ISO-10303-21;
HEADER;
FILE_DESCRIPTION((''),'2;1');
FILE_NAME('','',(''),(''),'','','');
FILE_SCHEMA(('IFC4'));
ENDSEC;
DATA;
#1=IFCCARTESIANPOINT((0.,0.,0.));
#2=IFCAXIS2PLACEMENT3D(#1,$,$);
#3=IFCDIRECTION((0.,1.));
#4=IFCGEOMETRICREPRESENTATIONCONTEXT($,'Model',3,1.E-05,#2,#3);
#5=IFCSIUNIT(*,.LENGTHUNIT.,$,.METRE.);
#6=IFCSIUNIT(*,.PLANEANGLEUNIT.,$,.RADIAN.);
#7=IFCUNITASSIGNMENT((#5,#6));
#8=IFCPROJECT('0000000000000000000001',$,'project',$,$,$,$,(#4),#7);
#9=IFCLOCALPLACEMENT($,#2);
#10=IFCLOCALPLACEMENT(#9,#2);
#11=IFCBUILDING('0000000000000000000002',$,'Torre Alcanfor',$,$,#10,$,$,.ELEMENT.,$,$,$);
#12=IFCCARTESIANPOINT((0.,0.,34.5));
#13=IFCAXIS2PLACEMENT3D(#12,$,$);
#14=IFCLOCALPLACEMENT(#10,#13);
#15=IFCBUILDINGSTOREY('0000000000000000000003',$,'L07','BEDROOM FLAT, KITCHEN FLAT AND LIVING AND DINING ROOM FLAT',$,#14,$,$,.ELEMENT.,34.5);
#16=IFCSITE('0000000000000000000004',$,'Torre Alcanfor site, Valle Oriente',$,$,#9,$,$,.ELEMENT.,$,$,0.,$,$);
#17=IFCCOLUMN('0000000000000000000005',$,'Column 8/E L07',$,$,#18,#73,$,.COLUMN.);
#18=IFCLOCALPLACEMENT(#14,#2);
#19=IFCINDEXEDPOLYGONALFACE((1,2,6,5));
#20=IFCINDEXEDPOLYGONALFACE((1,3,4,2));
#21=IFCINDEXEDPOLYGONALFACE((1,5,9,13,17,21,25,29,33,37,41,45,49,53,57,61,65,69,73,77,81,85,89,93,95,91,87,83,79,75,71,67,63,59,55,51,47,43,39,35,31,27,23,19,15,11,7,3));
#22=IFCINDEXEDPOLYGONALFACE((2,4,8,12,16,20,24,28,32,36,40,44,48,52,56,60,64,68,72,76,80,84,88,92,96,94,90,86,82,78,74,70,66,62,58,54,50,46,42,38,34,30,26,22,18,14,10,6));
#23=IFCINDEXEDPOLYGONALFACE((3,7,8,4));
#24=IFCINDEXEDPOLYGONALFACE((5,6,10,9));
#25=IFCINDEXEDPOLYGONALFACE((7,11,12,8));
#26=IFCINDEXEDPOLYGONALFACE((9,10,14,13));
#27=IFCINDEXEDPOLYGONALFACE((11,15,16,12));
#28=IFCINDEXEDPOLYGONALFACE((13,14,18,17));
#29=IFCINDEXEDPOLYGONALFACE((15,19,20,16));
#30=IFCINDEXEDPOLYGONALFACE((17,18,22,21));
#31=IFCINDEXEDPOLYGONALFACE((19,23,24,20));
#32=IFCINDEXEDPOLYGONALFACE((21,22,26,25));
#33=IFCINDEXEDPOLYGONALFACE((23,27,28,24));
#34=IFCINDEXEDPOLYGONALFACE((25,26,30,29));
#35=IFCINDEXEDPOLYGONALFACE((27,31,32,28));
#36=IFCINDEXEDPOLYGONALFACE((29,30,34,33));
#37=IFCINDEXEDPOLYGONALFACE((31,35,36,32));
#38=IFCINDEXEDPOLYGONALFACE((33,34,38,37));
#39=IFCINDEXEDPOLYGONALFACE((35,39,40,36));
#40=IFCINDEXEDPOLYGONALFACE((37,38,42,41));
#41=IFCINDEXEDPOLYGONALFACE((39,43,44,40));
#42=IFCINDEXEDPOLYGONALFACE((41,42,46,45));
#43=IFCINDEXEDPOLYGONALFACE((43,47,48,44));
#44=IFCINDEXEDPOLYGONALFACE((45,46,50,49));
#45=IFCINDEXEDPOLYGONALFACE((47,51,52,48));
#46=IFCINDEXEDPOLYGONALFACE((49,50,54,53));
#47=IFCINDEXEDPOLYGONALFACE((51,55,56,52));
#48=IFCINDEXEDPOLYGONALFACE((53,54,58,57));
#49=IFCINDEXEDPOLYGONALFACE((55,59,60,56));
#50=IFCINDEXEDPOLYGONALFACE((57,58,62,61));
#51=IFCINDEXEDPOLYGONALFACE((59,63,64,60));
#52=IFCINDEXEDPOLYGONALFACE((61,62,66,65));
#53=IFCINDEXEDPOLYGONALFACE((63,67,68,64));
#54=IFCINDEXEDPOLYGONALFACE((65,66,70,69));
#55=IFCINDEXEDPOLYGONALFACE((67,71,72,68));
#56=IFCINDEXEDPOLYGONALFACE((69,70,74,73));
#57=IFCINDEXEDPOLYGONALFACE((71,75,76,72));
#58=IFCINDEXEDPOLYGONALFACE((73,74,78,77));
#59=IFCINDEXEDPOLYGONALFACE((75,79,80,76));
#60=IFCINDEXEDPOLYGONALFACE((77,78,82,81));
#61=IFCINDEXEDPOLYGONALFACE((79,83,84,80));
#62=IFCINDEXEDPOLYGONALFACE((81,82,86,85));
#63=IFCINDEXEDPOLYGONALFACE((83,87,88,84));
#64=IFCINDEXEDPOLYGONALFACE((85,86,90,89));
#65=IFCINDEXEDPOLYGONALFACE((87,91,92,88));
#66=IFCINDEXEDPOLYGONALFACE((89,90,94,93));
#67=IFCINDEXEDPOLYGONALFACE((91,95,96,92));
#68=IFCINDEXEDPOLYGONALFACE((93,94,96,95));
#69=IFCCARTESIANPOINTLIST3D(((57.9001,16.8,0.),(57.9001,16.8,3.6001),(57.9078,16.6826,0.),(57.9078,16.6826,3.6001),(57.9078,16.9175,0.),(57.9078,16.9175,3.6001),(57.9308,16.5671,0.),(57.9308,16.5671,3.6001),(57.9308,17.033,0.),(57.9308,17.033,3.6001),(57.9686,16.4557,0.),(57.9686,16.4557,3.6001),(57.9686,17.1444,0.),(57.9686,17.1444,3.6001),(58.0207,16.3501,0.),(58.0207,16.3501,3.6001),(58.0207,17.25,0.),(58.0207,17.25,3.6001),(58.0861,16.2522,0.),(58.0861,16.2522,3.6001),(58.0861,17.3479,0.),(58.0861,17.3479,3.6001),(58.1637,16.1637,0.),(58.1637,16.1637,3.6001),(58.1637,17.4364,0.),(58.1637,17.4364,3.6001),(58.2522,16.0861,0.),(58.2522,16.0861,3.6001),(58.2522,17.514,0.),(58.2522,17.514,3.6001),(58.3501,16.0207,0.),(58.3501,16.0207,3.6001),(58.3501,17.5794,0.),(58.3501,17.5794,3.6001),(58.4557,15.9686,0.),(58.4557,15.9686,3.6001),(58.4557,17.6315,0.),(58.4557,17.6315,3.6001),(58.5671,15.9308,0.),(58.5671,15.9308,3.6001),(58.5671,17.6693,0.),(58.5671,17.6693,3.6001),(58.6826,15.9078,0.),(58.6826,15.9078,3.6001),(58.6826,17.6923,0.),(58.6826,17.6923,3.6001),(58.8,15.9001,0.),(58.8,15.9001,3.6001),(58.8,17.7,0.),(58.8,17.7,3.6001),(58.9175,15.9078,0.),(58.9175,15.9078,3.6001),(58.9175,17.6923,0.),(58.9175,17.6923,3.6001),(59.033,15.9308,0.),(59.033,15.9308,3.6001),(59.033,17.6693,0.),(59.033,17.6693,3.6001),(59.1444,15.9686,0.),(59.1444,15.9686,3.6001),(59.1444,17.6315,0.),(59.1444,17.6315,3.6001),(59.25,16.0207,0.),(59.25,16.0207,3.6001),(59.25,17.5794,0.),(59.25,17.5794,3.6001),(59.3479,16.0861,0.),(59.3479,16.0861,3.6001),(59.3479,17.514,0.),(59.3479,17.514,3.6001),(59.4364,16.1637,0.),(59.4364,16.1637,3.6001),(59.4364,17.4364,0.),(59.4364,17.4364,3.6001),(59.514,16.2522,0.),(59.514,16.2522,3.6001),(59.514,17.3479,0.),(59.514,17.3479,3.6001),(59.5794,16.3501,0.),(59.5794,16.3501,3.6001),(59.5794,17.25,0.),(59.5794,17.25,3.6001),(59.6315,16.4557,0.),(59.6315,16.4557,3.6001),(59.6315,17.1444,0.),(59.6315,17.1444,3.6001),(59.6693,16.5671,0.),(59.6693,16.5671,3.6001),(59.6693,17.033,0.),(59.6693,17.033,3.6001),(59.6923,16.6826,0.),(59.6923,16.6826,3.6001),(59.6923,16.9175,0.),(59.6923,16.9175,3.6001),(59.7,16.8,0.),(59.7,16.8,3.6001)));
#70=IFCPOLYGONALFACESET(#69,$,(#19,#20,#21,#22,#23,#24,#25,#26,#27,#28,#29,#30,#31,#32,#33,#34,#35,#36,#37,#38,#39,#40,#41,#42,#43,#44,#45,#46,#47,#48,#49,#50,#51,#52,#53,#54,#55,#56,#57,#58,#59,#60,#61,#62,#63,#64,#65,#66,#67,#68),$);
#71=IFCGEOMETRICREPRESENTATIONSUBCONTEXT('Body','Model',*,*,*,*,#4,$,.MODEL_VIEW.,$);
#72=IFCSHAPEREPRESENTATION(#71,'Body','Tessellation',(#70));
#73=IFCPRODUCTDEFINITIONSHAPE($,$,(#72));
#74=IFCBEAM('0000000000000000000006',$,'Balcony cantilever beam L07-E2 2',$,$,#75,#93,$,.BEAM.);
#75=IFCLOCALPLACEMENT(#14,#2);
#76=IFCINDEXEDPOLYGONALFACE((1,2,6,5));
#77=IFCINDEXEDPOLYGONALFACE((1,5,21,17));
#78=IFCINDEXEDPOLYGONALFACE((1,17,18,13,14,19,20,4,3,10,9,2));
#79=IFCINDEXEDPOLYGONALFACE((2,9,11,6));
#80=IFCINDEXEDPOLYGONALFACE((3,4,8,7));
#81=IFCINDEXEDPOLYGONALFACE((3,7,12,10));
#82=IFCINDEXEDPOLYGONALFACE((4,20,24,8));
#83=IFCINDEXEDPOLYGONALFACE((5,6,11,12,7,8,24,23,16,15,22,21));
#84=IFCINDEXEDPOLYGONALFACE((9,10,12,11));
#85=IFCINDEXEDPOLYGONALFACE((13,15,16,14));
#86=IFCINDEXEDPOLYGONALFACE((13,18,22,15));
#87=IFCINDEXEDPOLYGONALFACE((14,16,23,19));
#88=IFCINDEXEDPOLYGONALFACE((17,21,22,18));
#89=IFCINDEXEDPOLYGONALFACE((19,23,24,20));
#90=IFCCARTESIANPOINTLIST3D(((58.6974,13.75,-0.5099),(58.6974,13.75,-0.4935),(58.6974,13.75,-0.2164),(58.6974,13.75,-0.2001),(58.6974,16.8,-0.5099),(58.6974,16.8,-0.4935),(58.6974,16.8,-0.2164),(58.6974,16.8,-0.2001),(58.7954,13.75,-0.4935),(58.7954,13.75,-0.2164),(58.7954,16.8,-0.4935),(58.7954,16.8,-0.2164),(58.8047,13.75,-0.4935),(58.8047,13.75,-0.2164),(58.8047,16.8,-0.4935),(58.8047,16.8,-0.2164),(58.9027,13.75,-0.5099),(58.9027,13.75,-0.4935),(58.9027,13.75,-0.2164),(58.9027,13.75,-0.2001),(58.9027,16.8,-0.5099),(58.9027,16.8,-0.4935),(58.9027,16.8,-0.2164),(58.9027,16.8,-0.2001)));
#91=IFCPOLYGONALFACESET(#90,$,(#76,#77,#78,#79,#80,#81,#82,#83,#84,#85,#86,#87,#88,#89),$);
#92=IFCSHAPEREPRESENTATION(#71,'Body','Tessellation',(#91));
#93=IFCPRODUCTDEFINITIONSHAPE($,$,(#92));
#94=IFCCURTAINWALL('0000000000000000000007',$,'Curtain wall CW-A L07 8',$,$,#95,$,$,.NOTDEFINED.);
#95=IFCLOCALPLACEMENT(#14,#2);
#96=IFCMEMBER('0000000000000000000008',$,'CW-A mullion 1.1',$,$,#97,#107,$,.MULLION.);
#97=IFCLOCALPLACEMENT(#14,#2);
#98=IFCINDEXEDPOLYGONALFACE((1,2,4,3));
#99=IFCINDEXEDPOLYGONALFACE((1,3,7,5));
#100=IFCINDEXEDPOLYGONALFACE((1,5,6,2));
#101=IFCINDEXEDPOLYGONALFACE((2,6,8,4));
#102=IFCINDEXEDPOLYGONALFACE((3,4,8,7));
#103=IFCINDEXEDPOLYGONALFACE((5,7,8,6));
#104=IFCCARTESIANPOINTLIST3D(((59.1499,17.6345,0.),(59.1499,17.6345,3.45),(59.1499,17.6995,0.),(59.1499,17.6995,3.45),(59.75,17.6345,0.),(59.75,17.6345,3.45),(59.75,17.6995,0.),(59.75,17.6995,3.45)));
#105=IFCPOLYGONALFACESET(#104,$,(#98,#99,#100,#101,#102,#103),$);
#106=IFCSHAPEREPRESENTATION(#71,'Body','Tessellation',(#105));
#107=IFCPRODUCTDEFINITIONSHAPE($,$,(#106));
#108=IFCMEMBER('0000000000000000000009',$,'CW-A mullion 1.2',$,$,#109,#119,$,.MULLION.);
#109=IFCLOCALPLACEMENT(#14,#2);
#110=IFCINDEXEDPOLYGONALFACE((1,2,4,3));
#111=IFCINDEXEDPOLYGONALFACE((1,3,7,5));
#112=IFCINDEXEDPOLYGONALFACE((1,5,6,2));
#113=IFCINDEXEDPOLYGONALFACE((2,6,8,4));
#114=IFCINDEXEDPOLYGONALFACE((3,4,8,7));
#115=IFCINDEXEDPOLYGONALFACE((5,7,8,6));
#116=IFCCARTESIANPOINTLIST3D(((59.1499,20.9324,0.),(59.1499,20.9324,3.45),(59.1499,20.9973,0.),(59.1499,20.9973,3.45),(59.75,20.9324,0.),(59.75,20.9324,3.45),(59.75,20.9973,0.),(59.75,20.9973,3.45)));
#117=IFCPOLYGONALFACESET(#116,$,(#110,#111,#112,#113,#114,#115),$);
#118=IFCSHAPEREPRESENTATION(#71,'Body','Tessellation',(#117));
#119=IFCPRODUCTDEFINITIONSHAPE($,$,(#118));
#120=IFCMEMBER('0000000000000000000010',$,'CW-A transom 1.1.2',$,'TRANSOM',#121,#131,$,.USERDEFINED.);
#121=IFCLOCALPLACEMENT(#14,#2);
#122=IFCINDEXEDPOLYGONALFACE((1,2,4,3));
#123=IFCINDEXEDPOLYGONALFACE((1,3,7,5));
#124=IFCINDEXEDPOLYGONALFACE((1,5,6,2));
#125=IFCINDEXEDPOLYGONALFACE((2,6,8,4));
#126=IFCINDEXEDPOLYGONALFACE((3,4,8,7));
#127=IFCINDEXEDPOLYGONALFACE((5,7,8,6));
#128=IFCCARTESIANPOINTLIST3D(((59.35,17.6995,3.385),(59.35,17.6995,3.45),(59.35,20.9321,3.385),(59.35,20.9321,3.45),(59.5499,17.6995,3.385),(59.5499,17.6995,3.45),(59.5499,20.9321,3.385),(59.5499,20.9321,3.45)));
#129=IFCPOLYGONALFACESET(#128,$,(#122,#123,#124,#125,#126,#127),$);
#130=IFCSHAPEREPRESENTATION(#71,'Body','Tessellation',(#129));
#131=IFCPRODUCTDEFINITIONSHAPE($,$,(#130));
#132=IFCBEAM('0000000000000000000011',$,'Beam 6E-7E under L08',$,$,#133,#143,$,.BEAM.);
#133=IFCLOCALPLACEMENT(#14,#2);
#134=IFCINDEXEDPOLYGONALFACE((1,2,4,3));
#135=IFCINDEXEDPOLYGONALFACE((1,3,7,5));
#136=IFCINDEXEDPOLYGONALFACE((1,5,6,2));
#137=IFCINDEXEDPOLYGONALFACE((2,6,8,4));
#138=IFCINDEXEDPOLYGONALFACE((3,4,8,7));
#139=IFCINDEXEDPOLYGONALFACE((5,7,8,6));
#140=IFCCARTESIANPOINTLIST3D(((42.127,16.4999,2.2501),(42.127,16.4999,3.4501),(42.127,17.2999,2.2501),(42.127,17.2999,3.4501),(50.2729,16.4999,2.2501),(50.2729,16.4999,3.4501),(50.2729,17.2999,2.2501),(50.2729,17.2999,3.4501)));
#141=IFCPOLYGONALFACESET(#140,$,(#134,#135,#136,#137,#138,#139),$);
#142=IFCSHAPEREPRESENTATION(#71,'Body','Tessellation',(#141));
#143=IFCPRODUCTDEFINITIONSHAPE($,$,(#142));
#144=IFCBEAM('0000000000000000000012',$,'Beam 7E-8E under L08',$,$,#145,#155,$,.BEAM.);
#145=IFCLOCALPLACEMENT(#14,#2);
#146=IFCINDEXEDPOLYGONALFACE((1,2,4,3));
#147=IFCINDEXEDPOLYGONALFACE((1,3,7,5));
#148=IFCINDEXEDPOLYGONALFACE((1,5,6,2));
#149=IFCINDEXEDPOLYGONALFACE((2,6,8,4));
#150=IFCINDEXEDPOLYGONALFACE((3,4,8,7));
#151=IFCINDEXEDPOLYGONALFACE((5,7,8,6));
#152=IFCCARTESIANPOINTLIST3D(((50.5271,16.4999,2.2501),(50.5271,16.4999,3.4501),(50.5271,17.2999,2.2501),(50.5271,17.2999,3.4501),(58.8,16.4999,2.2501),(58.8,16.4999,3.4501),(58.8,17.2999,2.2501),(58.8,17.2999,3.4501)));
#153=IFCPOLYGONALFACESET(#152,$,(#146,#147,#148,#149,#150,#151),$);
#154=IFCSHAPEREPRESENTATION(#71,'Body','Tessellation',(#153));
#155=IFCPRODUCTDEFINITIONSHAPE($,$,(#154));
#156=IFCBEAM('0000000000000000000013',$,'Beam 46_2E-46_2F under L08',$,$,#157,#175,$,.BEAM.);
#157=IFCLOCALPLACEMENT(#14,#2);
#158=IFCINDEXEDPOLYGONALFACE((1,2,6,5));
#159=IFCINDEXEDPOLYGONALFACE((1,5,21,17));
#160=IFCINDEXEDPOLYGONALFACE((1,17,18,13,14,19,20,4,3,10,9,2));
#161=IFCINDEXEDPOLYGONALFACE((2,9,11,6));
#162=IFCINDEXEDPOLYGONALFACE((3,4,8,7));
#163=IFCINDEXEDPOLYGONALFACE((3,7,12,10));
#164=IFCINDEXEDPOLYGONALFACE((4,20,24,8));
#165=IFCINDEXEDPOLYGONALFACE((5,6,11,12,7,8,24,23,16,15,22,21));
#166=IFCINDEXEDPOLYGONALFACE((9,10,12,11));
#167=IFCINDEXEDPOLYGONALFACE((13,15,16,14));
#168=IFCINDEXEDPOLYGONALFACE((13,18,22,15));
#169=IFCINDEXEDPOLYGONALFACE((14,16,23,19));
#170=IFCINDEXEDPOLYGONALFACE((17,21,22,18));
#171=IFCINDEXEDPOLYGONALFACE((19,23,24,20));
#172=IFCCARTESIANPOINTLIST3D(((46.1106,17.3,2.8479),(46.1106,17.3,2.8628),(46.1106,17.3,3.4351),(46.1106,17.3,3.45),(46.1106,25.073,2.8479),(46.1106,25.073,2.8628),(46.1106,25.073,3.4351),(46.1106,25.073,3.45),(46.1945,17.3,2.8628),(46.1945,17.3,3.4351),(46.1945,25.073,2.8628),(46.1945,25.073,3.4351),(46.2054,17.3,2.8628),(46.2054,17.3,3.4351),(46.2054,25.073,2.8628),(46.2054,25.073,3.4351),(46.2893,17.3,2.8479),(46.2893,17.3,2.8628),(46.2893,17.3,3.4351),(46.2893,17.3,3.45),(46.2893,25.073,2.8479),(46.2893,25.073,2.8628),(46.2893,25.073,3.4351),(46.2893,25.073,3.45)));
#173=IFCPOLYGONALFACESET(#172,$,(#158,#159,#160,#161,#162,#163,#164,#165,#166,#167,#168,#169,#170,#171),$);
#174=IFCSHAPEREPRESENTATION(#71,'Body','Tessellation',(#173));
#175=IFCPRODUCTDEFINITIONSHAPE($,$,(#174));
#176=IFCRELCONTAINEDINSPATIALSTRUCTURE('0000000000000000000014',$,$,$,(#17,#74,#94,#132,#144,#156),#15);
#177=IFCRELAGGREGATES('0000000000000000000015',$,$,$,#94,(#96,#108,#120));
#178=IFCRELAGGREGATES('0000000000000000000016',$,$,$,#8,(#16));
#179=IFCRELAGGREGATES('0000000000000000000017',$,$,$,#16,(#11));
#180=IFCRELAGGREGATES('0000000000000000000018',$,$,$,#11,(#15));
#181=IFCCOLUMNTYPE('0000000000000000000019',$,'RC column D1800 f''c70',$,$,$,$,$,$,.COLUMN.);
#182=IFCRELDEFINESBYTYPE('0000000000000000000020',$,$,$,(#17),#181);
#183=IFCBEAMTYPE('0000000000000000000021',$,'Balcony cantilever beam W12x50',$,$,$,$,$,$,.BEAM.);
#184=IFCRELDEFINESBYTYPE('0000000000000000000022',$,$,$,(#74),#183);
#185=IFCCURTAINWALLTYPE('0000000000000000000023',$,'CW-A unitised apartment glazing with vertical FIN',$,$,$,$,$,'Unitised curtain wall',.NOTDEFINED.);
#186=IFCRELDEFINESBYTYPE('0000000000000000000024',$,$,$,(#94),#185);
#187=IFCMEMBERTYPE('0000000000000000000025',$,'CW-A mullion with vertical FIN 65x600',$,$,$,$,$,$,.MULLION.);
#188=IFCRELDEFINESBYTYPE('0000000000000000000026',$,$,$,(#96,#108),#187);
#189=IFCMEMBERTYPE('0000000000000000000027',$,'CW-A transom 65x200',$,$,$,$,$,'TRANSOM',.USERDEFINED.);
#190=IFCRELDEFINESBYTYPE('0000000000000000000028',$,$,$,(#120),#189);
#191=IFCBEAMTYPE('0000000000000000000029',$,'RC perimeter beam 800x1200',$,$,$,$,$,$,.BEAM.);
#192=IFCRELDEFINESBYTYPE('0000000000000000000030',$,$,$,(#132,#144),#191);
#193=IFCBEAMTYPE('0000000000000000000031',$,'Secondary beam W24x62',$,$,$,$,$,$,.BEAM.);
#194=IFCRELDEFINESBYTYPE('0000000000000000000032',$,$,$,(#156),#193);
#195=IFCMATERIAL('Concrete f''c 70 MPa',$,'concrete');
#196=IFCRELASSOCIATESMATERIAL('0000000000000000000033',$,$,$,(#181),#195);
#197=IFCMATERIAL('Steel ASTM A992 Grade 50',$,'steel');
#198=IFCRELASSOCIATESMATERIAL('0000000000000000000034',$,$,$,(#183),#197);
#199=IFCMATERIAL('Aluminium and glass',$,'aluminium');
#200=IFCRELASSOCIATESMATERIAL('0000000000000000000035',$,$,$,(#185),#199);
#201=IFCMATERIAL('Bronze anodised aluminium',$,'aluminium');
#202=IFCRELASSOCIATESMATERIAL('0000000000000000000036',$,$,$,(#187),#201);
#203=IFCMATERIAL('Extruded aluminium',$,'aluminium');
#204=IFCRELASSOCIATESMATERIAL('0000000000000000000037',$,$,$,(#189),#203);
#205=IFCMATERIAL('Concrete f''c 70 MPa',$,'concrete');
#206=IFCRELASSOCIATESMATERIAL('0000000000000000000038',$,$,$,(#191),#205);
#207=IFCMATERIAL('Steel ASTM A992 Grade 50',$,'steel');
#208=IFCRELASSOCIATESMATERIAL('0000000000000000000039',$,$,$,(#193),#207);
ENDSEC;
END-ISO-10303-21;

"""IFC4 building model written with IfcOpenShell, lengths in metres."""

from ifc_helpers import new_model, si_unit, direction, frame, origin, origin_2d, place, context, subcontext, project, spatial, rectangle, circle, i_section, extrude, material, material_profile, profile_set, type_object, element, aggregate, save


model = new_model("IFC4")

# Units and contexts
model_context = context("Model", 3, precision=1e-05, world=origin(), true_north=direction((0.0, 1.0)))
body_context = subcontext(model_context, "Body", "Model", "MODEL_VIEW")
ifc_project = project(units=[si_unit("LENGTHUNIT", "METRE"), si_unit("PLANEANGLEUNIT", "RADIAN")], contexts=[model_context])

# Site, building, storey
site_placement = place(None, origin())
site = spatial("IfcSite", under=ifc_project, at=site_placement, Name="Torre Alcanfor site, Valle Oriente", CompositionType="ELEMENT", RefElevation=0.0)
building_placement = place(site_placement, origin())
building = spatial("IfcBuilding", under=site, at=building_placement, Name="Torre Alcanfor", CompositionType="ELEMENT")
storey_placement = place(building_placement, frame((0.0, 0.0, 34.5)))
storey = spatial("IfcBuildingStorey", under=building, at=storey_placement, Name="L07", Description="BEDROOM FLAT, KITCHEN FLAT AND LIVING AND DINING ROOM FLAT", CompositionType="ELEMENT", Elevation=34.5)

# Column
ifc_material_1 = material(Name="Concrete f'c 70 MPa", Category="concrete")
ifc_material_profile_1 = material_profile(ifc_material_1, circle(Radius=0.8999, at=origin_2d()), Name="D1800")
ifc_profile_set_1 = profile_set([ifc_material_profile_1], Name="Concrete f'c 70 MPa")
column_type = type_object("IfcColumnType", Name="RC column D1800 f'c70", PredefinedType="COLUMN", material=ifc_profile_set_1)
column_placement = place(storey_placement, frame((58.8, 16.8, 0.0), z_axis=(0.0, 0.0, 1.0), x_axis=(1.0, 0.0, 0.0)))
element("IfcColumn", 1, at=column_placement, inside=storey, type_object=column_type, Name="Column 8/E L07", PredefinedType="COLUMN", context=body_context, shape_type="SweptSolid", body=[
    extrude(circle(Radius=0.8999, at=origin_2d()), origin(), (0.0, 0.0, 1.0), 3.6001),
])

# Beam
ifc_material_2 = material(Name="Steel ASTM A992 Grade 50", Category="steel")
ifc_material_profile_2 = material_profile(ifc_material_2, i_section(OverallWidth=0.2053, OverallDepth=0.3098, WebThickness=0.0093, FlangeThickness=0.0164, at=origin_2d()), Name="W12x50")
ifc_profile_set_2 = profile_set([ifc_material_profile_2], Name="Steel ASTM A992 Grade 50")
beam_type_1 = type_object("IfcBeamType", Name="Balcony cantilever beam W12x50", PredefinedType="BEAM", material=ifc_profile_set_2)
beam_1_placement = place(storey_placement, frame((58.8, 16.8, -0.355), z_axis=(0.0, -1.0, 0.0), x_axis=(1.0, 0.0, 0.0)))
element("IfcBeam", 2, at=beam_1_placement, inside=storey, type_object=beam_type_1, Name="Balcony cantilever beam L07-E2 2", PredefinedType="BEAM", context=body_context, shape_type="SweptSolid", body=[
    extrude(i_section(OverallWidth=0.2053, OverallDepth=0.3098, WebThickness=0.0093, FlangeThickness=0.0164, at=origin_2d()), origin(), (0.0, 0.0, 1.0), 3.05),
])

# Curtain wall, members
ifc_material_3 = material(Name="Aluminium and glass", Category="aluminium")
curtain_wall_type = type_object("IfcCurtainWallType", Name="CW-A unitised apartment glazing with vertical FIN", ElementType="Unitised curtain wall", PredefinedType="NOTDEFINED", material=ifc_material_3)
curtain_wall_placement = place(storey_placement, origin())
curtain_wall = element("IfcCurtainWall", 3, at=curtain_wall_placement, inside=storey, type_object=curtain_wall_type, Name="Curtain wall CW-A L07 8", PredefinedType="NOTDEFINED")
ifc_material_4 = material(Name="Bronze anodised aluminium", Category="aluminium")
ifc_material_profile_3 = material_profile(ifc_material_4, rectangle(XDim=0.6001, YDim=0.0649, at=origin_2d()), Name="CW-A mullion 65x600")
ifc_profile_set_3 = profile_set([ifc_material_profile_3], Name="Bronze anodised aluminium")
member_type_1 = type_object("IfcMemberType", Name="CW-A mullion with vertical FIN 65x600", PredefinedType="MULLION", material=ifc_profile_set_3)
member_1_placement = place(storey_placement, frame((59.45, 17.667, 0.0), z_axis=(0.0, 0.0, 1.0), x_axis=(-1.0, 0.0, 0.0)))
member_1 = element("IfcMember", 4, at=member_1_placement, type_object=member_type_1, Name="CW-A mullion 1.1", PredefinedType="MULLION", context=body_context, shape_type="SweptSolid", body=[
    extrude(rectangle(XDim=0.6001, YDim=0.0649, at=origin_2d()), origin(), (0.0, 0.0, 1.0), 3.45),
])
member_2_placement = place(storey_placement, frame((59.45, 20.9648, 0.0), z_axis=(0.0, 0.0, 1.0), x_axis=(-1.0, 0.0, 0.0)))
member_2 = element("IfcMember", 5, at=member_2_placement, type_object=member_type_1, Name="CW-A mullion 1.2", PredefinedType="MULLION", context=body_context, shape_type="SweptSolid", body=[
    extrude(rectangle(XDim=0.6001, YDim=0.0649, at=origin_2d()), origin(), (0.0, 0.0, 1.0), 3.45),
])
ifc_material_5 = material(Name="Extruded aluminium", Category="aluminium")
ifc_material_profile_4 = material_profile(ifc_material_5, rectangle(XDim=0.2, YDim=0.0649, at=origin_2d()), Name="CW-A transom 200x65")
ifc_profile_set_4 = profile_set([ifc_material_profile_4], Name="Extruded aluminium")
member_type_2 = type_object("IfcMemberType", Name="CW-A transom 65x200", ElementType="TRANSOM", PredefinedType="USERDEFINED", material=ifc_profile_set_4)
member_3_placement = place(storey_placement, frame((59.45, 17.6995, 3.4175), z_axis=(0.0, 1.0, 0.0), x_axis=(-1.0, 0.0, 0.0)))
member_3 = element("IfcMember", 6, at=member_3_placement, type_object=member_type_2, Name="CW-A transom 1.1.2", ObjectType="TRANSOM", PredefinedType="USERDEFINED", context=body_context, shape_type="SweptSolid", body=[
    extrude(rectangle(XDim=0.2, YDim=0.0649, at=origin_2d()), origin(), (0.0, 0.0, 1.0), 3.2327),
])

# Beams
ifc_material_6 = material(Name="Concrete f'c 70 MPa", Category="concrete")
ifc_material_profile_5 = material_profile(ifc_material_6, rectangle(XDim=0.8, YDim=1.2, at=origin_2d()), Name="800x1200")
ifc_profile_set_5 = profile_set([ifc_material_profile_5], Name="Concrete f'c 70 MPa")
beam_type_2 = type_object("IfcBeamType", Name="RC perimeter beam 800x1200", PredefinedType="BEAM", material=ifc_profile_set_5)
beam_2_placement = place(storey_placement, frame((42.127, 16.8999, 2.8501), z_axis=(1.0, 0.0, 0.0), x_axis=(0.0, 1.0, 0.0)))
element("IfcBeam", 7, at=beam_2_placement, inside=storey, type_object=beam_type_2, Name="Beam 6E-7E under L08", PredefinedType="BEAM", context=body_context, shape_type="SweptSolid", body=[
    extrude(rectangle(XDim=0.8, YDim=1.2, at=origin_2d()), origin(), (0.0, 0.0, 1.0), 8.146),
])
beam_3_placement = place(storey_placement, frame((50.5271, 16.8999, 2.8501), z_axis=(1.0, 0.0, 0.0), x_axis=(0.0, 1.0, 0.0)))
element("IfcBeam", 8, at=beam_3_placement, inside=storey, type_object=beam_type_2, Name="Beam 7E-8E under L08", PredefinedType="BEAM", context=body_context, shape_type="SweptSolid", body=[
    extrude(rectangle(XDim=0.8, YDim=1.2, at=origin_2d()), origin(), (0.0, 0.0, 1.0), 8.2729),
])
ifc_material_7 = material(Name="Steel ASTM A992 Grade 50", Category="steel")
ifc_material_profile_6 = material_profile(ifc_material_7, i_section(OverallWidth=0.1787, OverallDepth=0.6021, WebThickness=0.011, FlangeThickness=0.0149, at=origin_2d()), Name="W24x62")
ifc_profile_set_6 = profile_set([ifc_material_profile_6], Name="Steel ASTM A992 Grade 50")
beam_type_3 = type_object("IfcBeamType", Name="Secondary beam W24x62", PredefinedType="BEAM", material=ifc_profile_set_6)
for number, where, z_axis, x_axis, name in (
    (9, (46.2, 17.3, 3.1489), (0.0, 1.0, 0.0), (-1.0, 0.0, 0.0), "Beam 46_2E-46_2F under L08"),
):
    element("IfcBeam", number, at=place(storey_placement, frame(where, z_axis=z_axis, x_axis=x_axis)), inside=storey, type_object=beam_type_3, Name=name, PredefinedType="BEAM", context=body_context, shape_type="SweptSolid", body=[
        extrude(i_section(OverallWidth=0.1787, OverallDepth=0.6021, WebThickness=0.011, FlangeThickness=0.0149, at=origin_2d()), origin(), (0.0, 0.0, 1.0), 7.7729),
    ])

aggregate(curtain_wall, [member_1, member_2, member_3])

save(model, "model.ifc")
